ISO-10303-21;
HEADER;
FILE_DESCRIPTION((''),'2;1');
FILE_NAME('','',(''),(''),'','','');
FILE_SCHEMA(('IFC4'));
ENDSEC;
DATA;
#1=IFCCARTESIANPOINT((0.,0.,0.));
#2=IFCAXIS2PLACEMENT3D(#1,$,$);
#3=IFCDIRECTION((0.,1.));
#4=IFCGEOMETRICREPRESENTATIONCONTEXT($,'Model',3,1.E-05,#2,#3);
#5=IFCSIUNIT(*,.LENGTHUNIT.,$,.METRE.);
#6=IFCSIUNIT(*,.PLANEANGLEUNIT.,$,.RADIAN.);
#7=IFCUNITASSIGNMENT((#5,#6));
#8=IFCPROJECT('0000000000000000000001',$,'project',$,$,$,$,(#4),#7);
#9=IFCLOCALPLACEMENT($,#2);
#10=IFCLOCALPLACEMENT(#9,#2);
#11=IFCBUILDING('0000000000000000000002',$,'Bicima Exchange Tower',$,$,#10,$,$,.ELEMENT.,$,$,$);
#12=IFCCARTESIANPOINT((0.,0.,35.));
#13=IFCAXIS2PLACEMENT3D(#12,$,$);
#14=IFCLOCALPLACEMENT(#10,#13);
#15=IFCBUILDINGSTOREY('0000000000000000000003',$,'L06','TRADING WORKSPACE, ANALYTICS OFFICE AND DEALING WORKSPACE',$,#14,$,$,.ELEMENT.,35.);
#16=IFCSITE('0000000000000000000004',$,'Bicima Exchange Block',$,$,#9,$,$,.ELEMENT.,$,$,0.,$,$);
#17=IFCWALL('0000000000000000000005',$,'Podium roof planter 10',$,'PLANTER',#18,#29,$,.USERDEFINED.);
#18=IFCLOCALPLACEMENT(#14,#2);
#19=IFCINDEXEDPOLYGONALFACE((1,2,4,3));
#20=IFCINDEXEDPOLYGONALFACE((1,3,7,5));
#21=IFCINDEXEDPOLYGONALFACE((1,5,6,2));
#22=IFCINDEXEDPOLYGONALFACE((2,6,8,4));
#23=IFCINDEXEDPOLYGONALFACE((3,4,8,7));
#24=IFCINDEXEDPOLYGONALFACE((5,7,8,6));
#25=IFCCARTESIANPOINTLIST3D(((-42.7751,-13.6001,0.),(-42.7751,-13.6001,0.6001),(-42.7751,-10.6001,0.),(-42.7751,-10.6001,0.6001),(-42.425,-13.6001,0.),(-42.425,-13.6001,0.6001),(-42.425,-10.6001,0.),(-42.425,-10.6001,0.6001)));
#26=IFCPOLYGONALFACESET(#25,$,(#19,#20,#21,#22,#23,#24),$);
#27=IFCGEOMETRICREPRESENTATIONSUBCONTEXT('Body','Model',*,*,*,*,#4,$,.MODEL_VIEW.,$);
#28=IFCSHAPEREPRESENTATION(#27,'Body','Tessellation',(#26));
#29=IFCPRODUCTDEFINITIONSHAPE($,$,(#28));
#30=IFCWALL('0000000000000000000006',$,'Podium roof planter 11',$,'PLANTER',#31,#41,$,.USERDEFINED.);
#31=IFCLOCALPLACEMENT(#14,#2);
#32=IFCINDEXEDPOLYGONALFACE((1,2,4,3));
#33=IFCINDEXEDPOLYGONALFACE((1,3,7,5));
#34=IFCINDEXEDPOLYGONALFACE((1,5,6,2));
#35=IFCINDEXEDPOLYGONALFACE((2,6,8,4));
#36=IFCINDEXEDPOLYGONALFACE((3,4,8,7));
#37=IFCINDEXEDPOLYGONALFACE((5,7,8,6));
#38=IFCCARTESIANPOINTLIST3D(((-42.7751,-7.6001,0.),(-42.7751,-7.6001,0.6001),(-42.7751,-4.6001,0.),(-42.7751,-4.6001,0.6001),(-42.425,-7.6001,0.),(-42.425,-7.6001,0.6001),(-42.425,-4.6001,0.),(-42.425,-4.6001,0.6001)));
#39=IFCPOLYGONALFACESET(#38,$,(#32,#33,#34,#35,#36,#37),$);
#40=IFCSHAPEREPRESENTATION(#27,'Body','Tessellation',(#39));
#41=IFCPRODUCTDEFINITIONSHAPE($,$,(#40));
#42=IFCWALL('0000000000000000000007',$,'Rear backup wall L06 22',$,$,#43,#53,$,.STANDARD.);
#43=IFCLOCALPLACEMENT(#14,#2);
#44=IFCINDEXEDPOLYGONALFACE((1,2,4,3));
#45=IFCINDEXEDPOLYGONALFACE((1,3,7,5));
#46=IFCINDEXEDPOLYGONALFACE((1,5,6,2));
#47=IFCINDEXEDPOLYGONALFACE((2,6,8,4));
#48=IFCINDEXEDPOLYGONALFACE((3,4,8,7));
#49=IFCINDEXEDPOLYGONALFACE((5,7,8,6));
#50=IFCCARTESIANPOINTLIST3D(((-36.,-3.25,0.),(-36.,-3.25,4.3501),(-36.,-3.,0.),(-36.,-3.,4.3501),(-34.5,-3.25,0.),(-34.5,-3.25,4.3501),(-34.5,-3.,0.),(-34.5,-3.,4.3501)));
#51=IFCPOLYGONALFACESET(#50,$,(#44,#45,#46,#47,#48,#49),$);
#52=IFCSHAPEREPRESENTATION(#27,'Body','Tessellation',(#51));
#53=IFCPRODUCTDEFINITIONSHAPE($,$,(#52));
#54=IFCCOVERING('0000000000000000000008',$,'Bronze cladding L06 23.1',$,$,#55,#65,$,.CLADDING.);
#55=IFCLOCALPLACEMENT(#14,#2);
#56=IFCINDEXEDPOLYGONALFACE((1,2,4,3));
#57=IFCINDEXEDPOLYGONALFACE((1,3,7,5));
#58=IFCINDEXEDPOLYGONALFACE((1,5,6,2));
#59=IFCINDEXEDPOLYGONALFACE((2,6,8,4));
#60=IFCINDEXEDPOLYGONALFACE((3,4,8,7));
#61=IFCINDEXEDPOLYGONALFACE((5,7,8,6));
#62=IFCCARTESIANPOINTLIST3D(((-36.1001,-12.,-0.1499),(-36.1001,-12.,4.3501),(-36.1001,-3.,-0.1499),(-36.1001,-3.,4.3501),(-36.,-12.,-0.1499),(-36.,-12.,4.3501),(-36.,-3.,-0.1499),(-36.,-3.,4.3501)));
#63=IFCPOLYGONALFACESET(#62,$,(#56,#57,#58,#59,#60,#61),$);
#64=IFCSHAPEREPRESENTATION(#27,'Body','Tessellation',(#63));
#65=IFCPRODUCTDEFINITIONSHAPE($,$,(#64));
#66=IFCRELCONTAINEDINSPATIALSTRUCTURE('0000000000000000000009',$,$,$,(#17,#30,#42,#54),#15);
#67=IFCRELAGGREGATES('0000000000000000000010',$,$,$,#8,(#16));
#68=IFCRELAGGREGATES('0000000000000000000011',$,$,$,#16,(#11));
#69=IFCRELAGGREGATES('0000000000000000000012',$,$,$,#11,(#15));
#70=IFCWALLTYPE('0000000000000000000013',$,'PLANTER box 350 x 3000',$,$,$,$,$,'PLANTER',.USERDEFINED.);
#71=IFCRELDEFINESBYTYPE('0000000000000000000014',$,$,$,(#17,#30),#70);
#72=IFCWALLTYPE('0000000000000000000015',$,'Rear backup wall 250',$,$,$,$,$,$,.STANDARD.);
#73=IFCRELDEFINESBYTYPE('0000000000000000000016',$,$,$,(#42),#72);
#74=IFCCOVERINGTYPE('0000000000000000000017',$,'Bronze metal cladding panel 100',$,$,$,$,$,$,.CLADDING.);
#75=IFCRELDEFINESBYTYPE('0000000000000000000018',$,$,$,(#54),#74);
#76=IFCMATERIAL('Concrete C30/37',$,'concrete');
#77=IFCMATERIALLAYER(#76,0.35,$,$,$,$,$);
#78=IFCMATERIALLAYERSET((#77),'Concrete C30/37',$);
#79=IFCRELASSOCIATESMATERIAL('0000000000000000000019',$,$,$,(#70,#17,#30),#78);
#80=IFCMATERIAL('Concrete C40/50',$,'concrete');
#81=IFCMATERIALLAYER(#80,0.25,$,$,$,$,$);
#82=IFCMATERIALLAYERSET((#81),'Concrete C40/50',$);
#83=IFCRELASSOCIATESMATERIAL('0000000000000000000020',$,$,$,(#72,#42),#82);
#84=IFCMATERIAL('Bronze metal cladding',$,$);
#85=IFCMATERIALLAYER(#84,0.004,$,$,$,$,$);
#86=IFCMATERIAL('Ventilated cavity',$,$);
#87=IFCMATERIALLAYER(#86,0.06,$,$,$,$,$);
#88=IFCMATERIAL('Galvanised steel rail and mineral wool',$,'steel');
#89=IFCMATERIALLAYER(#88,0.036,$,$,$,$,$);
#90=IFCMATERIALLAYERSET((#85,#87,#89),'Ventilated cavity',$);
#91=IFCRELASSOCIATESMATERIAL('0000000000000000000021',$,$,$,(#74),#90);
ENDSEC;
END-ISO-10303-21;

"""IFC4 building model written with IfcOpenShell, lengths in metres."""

from ifc_helpers import new_model, si_unit, direction, frame, frame_2d, origin, origin_2d, place, context, subcontext, project, spatial, rectangle, extrude, material, layer, layer_set, layer_usage, type_object, element, save


model = new_model("IFC4")

# Units and contexts
model_context = context("Model", 3, precision=1e-05, world=origin(), true_north=direction((0.0, 1.0)))
body_context = subcontext(model_context, "Body", "Model", "MODEL_VIEW")
ifc_project = project(units=[si_unit("LENGTHUNIT", "METRE"), si_unit("PLANEANGLEUNIT", "RADIAN")], contexts=[model_context])

# Site, building, storey
site_placement = place(None, origin())
site = spatial("IfcSite", under=ifc_project, at=site_placement, Name="Bicima Exchange Block", CompositionType="ELEMENT", RefElevation=0.0)
building_placement = place(site_placement, origin())
building = spatial("IfcBuilding", under=site, at=building_placement, Name="Bicima Exchange Tower", CompositionType="ELEMENT")
storey_placement = place(building_placement, frame((0.0, 0.0, 35.0)))
storey = spatial("IfcBuildingStorey", under=building, at=storey_placement, Name="L06", Description="TRADING WORKSPACE, ANALYTICS OFFICE AND DEALING WORKSPACE", CompositionType="ELEMENT", Elevation=35.0)

# Walls
ifc_material_1 = material(Name="Concrete C30/37", Category="concrete")
ifc_layer_1 = layer(ifc_material_1, 0.35)
ifc_layer_set_1 = layer_set([ifc_layer_1], Name="Concrete C30/37")
ifc_layer_usage_1 = layer_usage(ifc_layer_set_1, "AXIS2", "POSITIVE", -0.175)
wall_type_1 = type_object("IfcWallType", Name="PLANTER box 350 x 3000", ElementType="PLANTER", PredefinedType="USERDEFINED", material=ifc_layer_set_1)
for number, where, z_axis, x_axis, name in (
    (1, (-42.6001, -13.6001, 0.0), (0.0, 0.0, 1.0), (0.0, 1.0, 0.0), "Podium roof planter 10"),
    (2, (-42.6001, -7.6001, 0.0), (0.0, 0.0, 1.0), (0.0, 1.0, 0.0), "Podium roof planter 11"),
):
    element("IfcWall", number, at=place(storey_placement, frame(where, z_axis=z_axis, x_axis=x_axis)), inside=storey, type_object=wall_type_1, material=ifc_layer_usage_1, Name=name, ObjectType="PLANTER", PredefinedType="USERDEFINED", context=body_context, shape_type="SweptSolid", body=[
        extrude(rectangle(XDim=3.0, YDim=0.3501, at=frame_2d((1.5, 0.0))), origin(), (0.0, 0.0, 1.0), 0.6001),
    ])
ifc_material_2 = material(Name="Concrete C40/50", Category="concrete")
ifc_layer_2 = layer(ifc_material_2, 0.25)
ifc_layer_set_2 = layer_set([ifc_layer_2], Name="Concrete C40/50")
ifc_layer_usage_2 = layer_usage(ifc_layer_set_2, "AXIS2", "POSITIVE", -0.125)
wall_type_2 = type_object("IfcWallType", Name="Rear backup wall 250", PredefinedType="STANDARD", material=ifc_layer_set_2)
wall_1_placement = place(storey_placement, frame((-34.5, -3.125, 0.0), z_axis=(0.0, 0.0, 1.0), x_axis=(-1.0, 0.0, 0.0)))
element("IfcWall", 3, at=wall_1_placement, inside=storey, type_object=wall_type_2, material=ifc_layer_usage_2, Name="Rear backup wall L06 22", PredefinedType="STANDARD", context=body_context, shape_type="SweptSolid", body=[
    extrude(rectangle(XDim=1.5, YDim=0.25, at=frame_2d((0.75, 0.0))), origin(), (0.0, 0.0, 1.0), 4.3501),
])

# Covering
ifc_material_3 = material(Name="Bronze metal cladding")
ifc_layer_3 = layer(ifc_material_3, 0.004)
ifc_material_4 = material(Name="Ventilated cavity")
ifc_layer_4 = layer(ifc_material_4, 0.06)
ifc_material_5 = material(Name="Galvanised steel rail and mineral wool", Category="steel")
ifc_layer_5 = layer(ifc_material_5, 0.036)
ifc_layer_set_3 = layer_set([ifc_layer_3, ifc_layer_4, ifc_layer_5], Name="Ventilated cavity")
covering_type = type_object("IfcCoveringType", Name="Bronze metal cladding panel 100", PredefinedType="CLADDING", material=ifc_layer_set_3)
covering_placement = place(storey_placement, frame((-36.05, -7.5, -0.1499), z_axis=(0.0, 0.0, 1.0), x_axis=(0.0, -1.0, 0.0)))
element("IfcCovering", 4, at=covering_placement, inside=storey, type_object=covering_type, Name="Bronze cladding L06 23.1", PredefinedType="CLADDING", context=body_context, shape_type="SweptSolid", body=[
    extrude(rectangle(XDim=9.0, YDim=0.1001, at=origin_2d()), origin(), (0.0, 0.0, 1.0), 4.5),
])

save(model, "model.ifc")
